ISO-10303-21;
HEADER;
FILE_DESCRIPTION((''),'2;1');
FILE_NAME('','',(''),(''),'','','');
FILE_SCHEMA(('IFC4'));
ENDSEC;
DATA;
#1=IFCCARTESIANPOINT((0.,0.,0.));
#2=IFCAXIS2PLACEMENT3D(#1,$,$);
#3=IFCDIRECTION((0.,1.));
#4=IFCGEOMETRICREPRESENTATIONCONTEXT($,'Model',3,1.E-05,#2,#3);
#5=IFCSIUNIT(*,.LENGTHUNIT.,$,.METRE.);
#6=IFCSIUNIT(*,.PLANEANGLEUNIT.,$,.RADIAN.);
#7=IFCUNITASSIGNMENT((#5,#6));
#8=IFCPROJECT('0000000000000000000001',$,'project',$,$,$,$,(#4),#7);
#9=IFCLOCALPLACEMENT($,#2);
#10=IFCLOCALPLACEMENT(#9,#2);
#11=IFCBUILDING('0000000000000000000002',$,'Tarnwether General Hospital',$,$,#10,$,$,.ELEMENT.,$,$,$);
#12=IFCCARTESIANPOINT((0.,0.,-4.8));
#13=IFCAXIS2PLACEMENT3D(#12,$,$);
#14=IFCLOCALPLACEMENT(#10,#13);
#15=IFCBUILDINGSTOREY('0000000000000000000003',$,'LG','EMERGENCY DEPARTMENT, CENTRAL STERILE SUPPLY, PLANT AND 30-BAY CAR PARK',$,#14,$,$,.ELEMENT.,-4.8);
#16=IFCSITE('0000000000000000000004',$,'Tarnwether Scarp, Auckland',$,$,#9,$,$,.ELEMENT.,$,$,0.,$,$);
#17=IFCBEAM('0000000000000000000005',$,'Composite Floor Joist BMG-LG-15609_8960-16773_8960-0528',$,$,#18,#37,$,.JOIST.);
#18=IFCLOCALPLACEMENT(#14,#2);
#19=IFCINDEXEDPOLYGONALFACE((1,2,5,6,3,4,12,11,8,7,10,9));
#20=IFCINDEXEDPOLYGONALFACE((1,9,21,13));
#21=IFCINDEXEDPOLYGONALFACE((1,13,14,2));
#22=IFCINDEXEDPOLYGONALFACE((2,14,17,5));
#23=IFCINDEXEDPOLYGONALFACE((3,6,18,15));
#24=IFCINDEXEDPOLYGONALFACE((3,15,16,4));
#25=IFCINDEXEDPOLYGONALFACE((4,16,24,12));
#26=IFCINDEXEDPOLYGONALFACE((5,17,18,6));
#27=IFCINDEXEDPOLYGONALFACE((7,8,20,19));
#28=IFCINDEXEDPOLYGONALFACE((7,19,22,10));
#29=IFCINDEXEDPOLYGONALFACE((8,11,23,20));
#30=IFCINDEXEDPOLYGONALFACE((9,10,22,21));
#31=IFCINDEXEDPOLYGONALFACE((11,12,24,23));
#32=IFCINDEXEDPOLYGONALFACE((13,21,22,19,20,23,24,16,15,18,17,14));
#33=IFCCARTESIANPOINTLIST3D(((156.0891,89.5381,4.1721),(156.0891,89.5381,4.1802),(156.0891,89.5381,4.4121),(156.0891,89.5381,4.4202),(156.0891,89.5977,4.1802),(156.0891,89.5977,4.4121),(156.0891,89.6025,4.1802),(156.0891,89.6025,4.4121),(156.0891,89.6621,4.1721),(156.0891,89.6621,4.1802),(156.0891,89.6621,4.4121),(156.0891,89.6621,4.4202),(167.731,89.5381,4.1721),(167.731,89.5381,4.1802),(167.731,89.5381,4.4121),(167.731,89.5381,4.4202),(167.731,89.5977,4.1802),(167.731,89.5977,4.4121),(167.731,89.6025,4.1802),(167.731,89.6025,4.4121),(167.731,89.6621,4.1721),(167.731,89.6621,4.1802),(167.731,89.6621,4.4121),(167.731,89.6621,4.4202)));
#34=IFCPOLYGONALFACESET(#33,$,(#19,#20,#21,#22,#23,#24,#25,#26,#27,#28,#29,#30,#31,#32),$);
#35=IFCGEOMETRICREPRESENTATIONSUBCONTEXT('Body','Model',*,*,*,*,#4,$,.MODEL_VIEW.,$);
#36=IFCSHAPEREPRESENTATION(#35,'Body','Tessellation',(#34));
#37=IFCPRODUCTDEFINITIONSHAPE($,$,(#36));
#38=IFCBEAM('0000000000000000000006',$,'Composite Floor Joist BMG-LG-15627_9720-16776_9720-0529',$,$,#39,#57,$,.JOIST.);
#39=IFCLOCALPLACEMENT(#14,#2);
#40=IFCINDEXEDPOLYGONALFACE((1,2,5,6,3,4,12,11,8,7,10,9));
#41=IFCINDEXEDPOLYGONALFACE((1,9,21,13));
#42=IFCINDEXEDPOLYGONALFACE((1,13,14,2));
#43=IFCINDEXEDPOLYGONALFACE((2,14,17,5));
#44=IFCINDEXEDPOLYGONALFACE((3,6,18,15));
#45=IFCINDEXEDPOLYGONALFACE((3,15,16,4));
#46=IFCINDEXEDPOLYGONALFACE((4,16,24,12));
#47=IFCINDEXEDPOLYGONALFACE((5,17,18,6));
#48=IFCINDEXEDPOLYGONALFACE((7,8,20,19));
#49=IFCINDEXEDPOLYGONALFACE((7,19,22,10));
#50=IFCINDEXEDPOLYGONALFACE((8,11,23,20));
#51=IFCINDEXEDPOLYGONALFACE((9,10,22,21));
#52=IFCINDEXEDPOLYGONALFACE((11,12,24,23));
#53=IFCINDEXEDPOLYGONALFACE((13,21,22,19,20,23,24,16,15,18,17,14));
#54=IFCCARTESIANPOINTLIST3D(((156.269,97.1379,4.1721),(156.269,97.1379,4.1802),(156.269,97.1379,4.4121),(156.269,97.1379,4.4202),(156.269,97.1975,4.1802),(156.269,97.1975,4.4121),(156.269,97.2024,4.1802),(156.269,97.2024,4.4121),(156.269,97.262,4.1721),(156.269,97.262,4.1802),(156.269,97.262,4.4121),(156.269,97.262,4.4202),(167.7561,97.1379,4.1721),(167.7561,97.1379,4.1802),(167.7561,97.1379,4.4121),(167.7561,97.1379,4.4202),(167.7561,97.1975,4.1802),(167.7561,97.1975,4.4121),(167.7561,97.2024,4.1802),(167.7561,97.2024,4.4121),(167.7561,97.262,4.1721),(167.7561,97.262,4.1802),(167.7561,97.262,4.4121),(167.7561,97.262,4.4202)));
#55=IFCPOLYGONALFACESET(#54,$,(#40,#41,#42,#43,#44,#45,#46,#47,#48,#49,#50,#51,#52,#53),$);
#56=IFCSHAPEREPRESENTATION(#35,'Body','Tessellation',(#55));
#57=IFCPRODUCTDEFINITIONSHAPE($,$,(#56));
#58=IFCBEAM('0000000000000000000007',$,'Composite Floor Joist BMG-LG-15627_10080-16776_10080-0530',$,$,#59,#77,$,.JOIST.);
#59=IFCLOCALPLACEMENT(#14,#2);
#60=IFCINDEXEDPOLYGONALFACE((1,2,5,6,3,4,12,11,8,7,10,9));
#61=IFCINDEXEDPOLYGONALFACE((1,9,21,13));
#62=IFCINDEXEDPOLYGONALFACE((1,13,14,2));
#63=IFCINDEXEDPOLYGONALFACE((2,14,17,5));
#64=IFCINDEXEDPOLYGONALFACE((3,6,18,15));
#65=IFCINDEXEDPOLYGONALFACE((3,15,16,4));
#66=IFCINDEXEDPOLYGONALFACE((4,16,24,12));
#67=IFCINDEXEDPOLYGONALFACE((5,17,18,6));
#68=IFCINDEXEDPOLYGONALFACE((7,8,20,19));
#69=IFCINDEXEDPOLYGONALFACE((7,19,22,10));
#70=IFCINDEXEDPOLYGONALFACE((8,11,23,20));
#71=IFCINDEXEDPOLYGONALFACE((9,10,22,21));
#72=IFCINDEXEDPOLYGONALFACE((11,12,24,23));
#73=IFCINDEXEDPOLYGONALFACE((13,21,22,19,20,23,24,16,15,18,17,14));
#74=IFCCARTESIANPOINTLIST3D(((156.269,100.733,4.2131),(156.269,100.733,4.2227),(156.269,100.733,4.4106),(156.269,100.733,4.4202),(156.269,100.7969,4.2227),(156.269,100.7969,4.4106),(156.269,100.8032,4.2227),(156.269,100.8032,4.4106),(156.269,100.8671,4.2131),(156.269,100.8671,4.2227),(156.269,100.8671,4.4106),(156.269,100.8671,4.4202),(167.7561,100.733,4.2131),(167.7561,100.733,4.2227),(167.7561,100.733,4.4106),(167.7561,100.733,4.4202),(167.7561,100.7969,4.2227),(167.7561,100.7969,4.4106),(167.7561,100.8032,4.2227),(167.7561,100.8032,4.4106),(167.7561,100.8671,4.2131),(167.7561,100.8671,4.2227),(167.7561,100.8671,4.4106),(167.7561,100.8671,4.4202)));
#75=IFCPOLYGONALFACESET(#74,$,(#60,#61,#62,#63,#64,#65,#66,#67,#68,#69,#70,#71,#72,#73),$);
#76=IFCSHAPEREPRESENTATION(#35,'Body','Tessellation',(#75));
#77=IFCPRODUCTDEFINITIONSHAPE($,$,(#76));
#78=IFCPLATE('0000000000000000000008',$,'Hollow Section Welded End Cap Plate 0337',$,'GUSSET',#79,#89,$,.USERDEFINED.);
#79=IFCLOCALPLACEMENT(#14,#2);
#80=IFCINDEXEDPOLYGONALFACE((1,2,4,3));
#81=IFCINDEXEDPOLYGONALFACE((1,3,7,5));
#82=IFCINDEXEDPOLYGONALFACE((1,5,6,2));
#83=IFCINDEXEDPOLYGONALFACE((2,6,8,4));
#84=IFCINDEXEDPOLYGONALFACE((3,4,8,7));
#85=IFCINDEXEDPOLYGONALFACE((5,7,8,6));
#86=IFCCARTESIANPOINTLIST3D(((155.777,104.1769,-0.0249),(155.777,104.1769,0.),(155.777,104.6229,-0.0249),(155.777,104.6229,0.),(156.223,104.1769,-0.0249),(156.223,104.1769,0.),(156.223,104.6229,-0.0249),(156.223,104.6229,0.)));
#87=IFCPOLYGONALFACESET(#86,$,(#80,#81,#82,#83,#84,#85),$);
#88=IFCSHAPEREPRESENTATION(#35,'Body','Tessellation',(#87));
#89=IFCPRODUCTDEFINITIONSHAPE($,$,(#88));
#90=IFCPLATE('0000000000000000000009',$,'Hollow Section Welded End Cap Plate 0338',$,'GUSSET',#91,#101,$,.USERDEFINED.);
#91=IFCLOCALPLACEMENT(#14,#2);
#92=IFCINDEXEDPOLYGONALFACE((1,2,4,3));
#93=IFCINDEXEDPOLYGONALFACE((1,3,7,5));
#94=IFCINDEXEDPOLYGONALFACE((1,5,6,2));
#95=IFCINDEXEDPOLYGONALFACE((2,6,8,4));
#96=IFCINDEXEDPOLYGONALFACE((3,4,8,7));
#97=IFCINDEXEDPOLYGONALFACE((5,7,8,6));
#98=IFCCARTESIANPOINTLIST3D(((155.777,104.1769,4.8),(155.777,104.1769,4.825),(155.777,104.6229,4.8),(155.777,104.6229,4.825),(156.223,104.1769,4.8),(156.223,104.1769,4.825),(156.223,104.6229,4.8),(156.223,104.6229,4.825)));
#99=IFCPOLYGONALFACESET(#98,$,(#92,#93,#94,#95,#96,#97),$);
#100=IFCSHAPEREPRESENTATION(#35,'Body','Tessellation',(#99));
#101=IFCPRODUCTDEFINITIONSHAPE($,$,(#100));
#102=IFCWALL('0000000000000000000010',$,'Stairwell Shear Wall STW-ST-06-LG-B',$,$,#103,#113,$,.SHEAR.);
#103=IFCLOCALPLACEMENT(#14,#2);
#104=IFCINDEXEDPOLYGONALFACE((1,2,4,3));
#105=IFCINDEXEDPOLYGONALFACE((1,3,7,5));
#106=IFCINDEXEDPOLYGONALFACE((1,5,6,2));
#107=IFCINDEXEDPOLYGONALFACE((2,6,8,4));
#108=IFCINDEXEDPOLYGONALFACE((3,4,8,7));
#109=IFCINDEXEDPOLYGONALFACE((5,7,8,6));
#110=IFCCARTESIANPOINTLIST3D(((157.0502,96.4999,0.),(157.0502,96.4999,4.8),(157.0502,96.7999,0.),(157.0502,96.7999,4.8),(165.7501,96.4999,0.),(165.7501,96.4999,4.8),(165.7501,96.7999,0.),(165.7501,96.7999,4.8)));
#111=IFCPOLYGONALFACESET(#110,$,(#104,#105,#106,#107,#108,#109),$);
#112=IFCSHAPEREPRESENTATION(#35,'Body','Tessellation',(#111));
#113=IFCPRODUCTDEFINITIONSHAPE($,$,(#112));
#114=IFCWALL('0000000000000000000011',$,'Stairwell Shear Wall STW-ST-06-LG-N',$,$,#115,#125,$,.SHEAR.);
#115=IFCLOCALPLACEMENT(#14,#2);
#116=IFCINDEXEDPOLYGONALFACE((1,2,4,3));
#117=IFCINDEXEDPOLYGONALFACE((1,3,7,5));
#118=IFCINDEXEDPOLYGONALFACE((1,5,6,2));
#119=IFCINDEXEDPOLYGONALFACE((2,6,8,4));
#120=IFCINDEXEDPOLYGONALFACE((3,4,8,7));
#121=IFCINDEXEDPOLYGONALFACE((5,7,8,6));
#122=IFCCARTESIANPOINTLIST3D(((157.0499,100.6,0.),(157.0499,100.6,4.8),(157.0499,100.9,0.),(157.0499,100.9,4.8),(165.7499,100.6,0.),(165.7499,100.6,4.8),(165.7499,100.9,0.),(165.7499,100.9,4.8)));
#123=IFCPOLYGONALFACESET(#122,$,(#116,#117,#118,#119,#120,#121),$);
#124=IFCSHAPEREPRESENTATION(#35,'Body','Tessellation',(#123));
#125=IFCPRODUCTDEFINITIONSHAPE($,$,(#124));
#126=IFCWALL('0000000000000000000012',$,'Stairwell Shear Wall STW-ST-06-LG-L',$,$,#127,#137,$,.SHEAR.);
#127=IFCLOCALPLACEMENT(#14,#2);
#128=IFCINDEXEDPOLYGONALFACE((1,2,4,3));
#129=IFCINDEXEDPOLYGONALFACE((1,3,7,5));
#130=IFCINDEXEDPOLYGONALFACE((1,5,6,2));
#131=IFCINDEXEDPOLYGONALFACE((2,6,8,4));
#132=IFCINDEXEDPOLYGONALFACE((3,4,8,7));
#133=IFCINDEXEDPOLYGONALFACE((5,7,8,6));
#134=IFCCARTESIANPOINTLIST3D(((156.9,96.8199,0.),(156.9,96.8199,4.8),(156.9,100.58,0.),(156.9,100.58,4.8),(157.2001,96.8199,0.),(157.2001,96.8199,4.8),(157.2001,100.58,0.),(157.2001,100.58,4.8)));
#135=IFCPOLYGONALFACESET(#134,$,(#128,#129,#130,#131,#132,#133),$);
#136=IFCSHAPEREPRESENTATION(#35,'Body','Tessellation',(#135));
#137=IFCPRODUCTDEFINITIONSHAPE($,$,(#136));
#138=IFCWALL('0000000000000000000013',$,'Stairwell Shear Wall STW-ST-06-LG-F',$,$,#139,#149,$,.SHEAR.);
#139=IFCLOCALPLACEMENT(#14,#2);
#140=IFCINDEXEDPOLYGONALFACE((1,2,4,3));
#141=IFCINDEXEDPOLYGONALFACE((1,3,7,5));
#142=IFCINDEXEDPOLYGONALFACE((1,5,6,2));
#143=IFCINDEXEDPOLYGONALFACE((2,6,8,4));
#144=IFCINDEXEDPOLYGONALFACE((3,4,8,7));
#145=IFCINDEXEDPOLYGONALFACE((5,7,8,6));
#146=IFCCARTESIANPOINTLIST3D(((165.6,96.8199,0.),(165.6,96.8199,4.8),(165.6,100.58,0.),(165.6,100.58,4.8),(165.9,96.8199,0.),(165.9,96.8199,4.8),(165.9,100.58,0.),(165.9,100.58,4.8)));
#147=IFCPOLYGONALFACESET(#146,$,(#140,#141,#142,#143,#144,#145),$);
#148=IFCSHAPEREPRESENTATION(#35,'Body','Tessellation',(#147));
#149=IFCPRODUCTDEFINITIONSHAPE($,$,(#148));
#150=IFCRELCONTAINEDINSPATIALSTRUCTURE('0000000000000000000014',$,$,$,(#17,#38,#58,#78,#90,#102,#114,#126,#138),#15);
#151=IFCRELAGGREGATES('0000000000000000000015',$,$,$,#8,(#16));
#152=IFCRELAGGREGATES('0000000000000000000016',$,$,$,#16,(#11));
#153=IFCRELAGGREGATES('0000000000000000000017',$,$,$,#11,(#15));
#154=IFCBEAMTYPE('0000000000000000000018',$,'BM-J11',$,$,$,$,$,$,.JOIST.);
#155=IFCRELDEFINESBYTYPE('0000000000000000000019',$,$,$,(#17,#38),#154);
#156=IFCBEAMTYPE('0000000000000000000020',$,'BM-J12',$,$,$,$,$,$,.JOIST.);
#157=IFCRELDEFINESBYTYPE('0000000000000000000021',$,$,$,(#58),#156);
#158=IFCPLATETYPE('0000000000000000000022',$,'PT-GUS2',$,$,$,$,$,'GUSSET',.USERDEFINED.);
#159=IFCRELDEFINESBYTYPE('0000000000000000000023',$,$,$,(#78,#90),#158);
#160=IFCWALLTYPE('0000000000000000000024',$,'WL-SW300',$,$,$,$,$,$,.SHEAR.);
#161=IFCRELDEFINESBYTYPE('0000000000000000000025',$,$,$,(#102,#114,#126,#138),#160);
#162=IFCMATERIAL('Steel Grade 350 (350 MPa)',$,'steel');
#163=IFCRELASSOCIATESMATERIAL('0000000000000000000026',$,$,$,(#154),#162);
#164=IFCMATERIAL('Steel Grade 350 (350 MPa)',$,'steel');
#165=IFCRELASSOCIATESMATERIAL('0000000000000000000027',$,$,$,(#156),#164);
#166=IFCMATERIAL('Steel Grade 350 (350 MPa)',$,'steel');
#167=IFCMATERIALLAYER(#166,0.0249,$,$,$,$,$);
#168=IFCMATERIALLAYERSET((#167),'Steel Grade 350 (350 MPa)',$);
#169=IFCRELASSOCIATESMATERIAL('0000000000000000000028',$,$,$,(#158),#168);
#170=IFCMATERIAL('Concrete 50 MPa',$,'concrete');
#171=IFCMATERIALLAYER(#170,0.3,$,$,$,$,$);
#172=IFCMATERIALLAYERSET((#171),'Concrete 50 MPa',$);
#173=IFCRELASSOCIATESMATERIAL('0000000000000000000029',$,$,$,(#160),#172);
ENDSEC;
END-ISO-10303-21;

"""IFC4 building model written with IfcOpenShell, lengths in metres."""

from ifc_helpers import new_model, si_unit, direction, frame, frame_2d, origin, origin_2d, place, context, subcontext, project, spatial, rectangle, i_section, extrude, material, layer, layer_set, material_profile, profile_set, type_object, element, save


model = new_model("IFC4")

# Units and contexts
model_context = context("Model", 3, precision=1e-05, world=origin(), true_north=direction((0.0, 1.0)))
body_context = subcontext(model_context, "Body", "Model", "MODEL_VIEW")
ifc_project = project(units=[si_unit("LENGTHUNIT", "METRE"), si_unit("PLANEANGLEUNIT", "RADIAN")], contexts=[model_context])

# Site, building, storey
site_placement = place(None, origin())
site = spatial("IfcSite", under=ifc_project, at=site_placement, Name="Tarnwether Scarp, Auckland", CompositionType="ELEMENT", RefElevation=0.0)
building_placement = place(site_placement, origin())
building = spatial("IfcBuilding", under=site, at=building_placement, Name="Tarnwether General Hospital", CompositionType="ELEMENT")
storey_placement = place(building_placement, frame((0.0, 0.0, -4.8)))
storey = spatial("IfcBuildingStorey", under=building, at=storey_placement, Name="LG", Description="EMERGENCY DEPARTMENT, CENTRAL STERILE SUPPLY, PLANT AND 30-BAY CAR PARK", CompositionType="ELEMENT", Elevation=-4.8)

# Beams
ifc_material_1 = material(Name="Steel Grade 350 (350 MPa)", Category="steel")
ifc_material_profile_1 = material_profile(ifc_material_1, i_section(OverallWidth=0.124, OverallDepth=0.248, WebThickness=0.0049, FlangeThickness=0.0081, at=origin_2d()), Name="250UB25.7")
ifc_profile_set_1 = profile_set([ifc_material_profile_1], Name="Steel Grade 350 (350 MPa)")
beam_type_1 = type_object("IfcBeamType", Name="BM-J11", PredefinedType="JOIST", material=ifc_profile_set_1)
beam_1_placement = place(storey_placement, frame((156.0891, 89.6001, 4.2961), z_axis=(1.0, 0.0, 0.0), x_axis=(0.0, 1.0, 0.0)))
element("IfcBeam", 1, at=beam_1_placement, inside=storey, type_object=beam_type_1, Name="Composite Floor Joist BMG-LG-15609_8960-16773_8960-0528", PredefinedType="JOIST", context=body_context, shape_type="SweptSolid", body=[
    extrude(i_section(OverallWidth=0.124, OverallDepth=0.248, WebThickness=0.0049, FlangeThickness=0.0081, at=origin_2d()), origin(), (0.0, 0.0, 1.0), 11.6418),
])
beam_2_placement = place(storey_placement, frame((156.269, 97.2, 4.2961), z_axis=(1.0, 0.0, 0.0), x_axis=(0.0, 1.0, 0.0)))
element("IfcBeam", 2, at=beam_2_placement, inside=storey, type_object=beam_type_1, Name="Composite Floor Joist BMG-LG-15627_9720-16776_9720-0529", PredefinedType="JOIST", context=body_context, shape_type="SweptSolid", body=[
    extrude(i_section(OverallWidth=0.124, OverallDepth=0.248, WebThickness=0.0049, FlangeThickness=0.0081, at=origin_2d()), origin(), (0.0, 0.0, 1.0), 11.4871),
])
ifc_material_2 = material(Name="Steel Grade 350 (350 MPa)", Category="steel")
ifc_material_profile_2 = material_profile(ifc_material_2, i_section(OverallWidth=0.134, OverallDepth=0.207, WebThickness=0.0063, FlangeThickness=0.0095, at=origin_2d()), Name="200UB29.8")
ifc_profile_set_2 = profile_set([ifc_material_profile_2], Name="Steel Grade 350 (350 MPa)")
beam_type_2 = type_object("IfcBeamType", Name="BM-J12", PredefinedType="JOIST", material=ifc_profile_set_2)
beam_3_placement = place(storey_placement, frame((156.269, 100.8, 4.3167), z_axis=(1.0, 0.0, 0.0), x_axis=(0.0, 1.0, 0.0)))
element("IfcBeam", 3, at=beam_3_placement, inside=storey, type_object=beam_type_2, Name="Composite Floor Joist BMG-LG-15627_10080-16776_10080-0530", PredefinedType="JOIST", context=body_context, shape_type="SweptSolid", body=[
    extrude(i_section(OverallWidth=0.134, OverallDepth=0.207, WebThickness=0.0063, FlangeThickness=0.0095, at=origin_2d()), origin(), (0.0, 0.0, 1.0), 11.4871),
])

# Plates
ifc_material_3 = material(Name="Steel Grade 350 (350 MPa)", Category="steel")
ifc_layer_1 = layer(ifc_material_3, 0.0249)
ifc_layer_set_1 = layer_set([ifc_layer_1], Name="Steel Grade 350 (350 MPa)")
plate_type = type_object("IfcPlateType", Name="PT-GUS2", ElementType="GUSSET", PredefinedType="USERDEFINED", material=ifc_layer_set_1)
for number, where, z_axis, x_axis, name in (
    (4, (156.0, 104.3999, -0.0249), (0.0, 0.0, 1.0), (1.0, 0.0, 0.0), "Hollow Section Welded End Cap Plate 0337"),
    (5, (156.0, 104.3999, 4.8), (0.0, 0.0, 1.0), (1.0, 0.0, 0.0), "Hollow Section Welded End Cap Plate 0338"),
):
    element("IfcPlate", number, at=place(storey_placement, frame(where, z_axis=z_axis, x_axis=x_axis)), inside=storey, type_object=plate_type, Name=name, ObjectType="GUSSET", PredefinedType="USERDEFINED", context=body_context, shape_type="SweptSolid", body=[
        extrude(rectangle(XDim=0.446, YDim=0.446, at=origin_2d()), origin(), (0.0, 0.0, 1.0), 0.0249),
    ])

# Walls
ifc_material_4 = material(Name="Concrete 50 MPa", Category="concrete")
ifc_layer_2 = layer(ifc_material_4, 0.3)
ifc_layer_set_2 = layer_set([ifc_layer_2], Name="Concrete 50 MPa")
wall_type = type_object("IfcWallType", Name="WL-SW300", PredefinedType="SHEAR", material=ifc_layer_set_2)
for number, where, z_axis, x_axis, name in (
    (6, (157.05, 96.6499, 0.0), (0.0, 0.0, 1.0), (1.0, 0.0, 0.0), "Stairwell Shear Wall STW-ST-06-LG-B"),
    (7, (165.75, 100.75, 0.0), (0.0, 0.0, 1.0), (-1.0, 0.0, 0.0), "Stairwell Shear Wall STW-ST-06-LG-N"),
):
    element("IfcWall", number, at=place(storey_placement, frame(where, z_axis=z_axis, x_axis=x_axis)), inside=storey, type_object=wall_type, Name=name, PredefinedType="SHEAR", context=body_context, shape_type="SweptSolid", body=[
        extrude(rectangle(XDim=8.7, YDim=0.3, at=frame_2d((4.3501, 0.0))), origin(), (0.0, 0.0, 1.0), 4.8),
    ])
for number, where, z_axis, x_axis, name in (
    (8, (157.05, 96.8201, 0.0), (0.0, 0.0, 1.0), (0.0, 1.0, 0.0), "Stairwell Shear Wall STW-ST-06-LG-L"),
    (9, (165.75, 96.8201, 0.0), (0.0, 0.0, 1.0), (0.0, 1.0, 0.0), "Stairwell Shear Wall STW-ST-06-LG-F"),
):
    element("IfcWall", number, at=place(storey_placement, frame(where, z_axis=z_axis, x_axis=x_axis)), inside=storey, type_object=wall_type, Name=name, PredefinedType="SHEAR", context=body_context, shape_type="SweptSolid", body=[
        extrude(rectangle(XDim=3.76, YDim=0.3, at=frame_2d((1.8799, 0.0))), origin(), (0.0, 0.0, 1.0), 4.8),
    ])

save(model, "model.ifc")
